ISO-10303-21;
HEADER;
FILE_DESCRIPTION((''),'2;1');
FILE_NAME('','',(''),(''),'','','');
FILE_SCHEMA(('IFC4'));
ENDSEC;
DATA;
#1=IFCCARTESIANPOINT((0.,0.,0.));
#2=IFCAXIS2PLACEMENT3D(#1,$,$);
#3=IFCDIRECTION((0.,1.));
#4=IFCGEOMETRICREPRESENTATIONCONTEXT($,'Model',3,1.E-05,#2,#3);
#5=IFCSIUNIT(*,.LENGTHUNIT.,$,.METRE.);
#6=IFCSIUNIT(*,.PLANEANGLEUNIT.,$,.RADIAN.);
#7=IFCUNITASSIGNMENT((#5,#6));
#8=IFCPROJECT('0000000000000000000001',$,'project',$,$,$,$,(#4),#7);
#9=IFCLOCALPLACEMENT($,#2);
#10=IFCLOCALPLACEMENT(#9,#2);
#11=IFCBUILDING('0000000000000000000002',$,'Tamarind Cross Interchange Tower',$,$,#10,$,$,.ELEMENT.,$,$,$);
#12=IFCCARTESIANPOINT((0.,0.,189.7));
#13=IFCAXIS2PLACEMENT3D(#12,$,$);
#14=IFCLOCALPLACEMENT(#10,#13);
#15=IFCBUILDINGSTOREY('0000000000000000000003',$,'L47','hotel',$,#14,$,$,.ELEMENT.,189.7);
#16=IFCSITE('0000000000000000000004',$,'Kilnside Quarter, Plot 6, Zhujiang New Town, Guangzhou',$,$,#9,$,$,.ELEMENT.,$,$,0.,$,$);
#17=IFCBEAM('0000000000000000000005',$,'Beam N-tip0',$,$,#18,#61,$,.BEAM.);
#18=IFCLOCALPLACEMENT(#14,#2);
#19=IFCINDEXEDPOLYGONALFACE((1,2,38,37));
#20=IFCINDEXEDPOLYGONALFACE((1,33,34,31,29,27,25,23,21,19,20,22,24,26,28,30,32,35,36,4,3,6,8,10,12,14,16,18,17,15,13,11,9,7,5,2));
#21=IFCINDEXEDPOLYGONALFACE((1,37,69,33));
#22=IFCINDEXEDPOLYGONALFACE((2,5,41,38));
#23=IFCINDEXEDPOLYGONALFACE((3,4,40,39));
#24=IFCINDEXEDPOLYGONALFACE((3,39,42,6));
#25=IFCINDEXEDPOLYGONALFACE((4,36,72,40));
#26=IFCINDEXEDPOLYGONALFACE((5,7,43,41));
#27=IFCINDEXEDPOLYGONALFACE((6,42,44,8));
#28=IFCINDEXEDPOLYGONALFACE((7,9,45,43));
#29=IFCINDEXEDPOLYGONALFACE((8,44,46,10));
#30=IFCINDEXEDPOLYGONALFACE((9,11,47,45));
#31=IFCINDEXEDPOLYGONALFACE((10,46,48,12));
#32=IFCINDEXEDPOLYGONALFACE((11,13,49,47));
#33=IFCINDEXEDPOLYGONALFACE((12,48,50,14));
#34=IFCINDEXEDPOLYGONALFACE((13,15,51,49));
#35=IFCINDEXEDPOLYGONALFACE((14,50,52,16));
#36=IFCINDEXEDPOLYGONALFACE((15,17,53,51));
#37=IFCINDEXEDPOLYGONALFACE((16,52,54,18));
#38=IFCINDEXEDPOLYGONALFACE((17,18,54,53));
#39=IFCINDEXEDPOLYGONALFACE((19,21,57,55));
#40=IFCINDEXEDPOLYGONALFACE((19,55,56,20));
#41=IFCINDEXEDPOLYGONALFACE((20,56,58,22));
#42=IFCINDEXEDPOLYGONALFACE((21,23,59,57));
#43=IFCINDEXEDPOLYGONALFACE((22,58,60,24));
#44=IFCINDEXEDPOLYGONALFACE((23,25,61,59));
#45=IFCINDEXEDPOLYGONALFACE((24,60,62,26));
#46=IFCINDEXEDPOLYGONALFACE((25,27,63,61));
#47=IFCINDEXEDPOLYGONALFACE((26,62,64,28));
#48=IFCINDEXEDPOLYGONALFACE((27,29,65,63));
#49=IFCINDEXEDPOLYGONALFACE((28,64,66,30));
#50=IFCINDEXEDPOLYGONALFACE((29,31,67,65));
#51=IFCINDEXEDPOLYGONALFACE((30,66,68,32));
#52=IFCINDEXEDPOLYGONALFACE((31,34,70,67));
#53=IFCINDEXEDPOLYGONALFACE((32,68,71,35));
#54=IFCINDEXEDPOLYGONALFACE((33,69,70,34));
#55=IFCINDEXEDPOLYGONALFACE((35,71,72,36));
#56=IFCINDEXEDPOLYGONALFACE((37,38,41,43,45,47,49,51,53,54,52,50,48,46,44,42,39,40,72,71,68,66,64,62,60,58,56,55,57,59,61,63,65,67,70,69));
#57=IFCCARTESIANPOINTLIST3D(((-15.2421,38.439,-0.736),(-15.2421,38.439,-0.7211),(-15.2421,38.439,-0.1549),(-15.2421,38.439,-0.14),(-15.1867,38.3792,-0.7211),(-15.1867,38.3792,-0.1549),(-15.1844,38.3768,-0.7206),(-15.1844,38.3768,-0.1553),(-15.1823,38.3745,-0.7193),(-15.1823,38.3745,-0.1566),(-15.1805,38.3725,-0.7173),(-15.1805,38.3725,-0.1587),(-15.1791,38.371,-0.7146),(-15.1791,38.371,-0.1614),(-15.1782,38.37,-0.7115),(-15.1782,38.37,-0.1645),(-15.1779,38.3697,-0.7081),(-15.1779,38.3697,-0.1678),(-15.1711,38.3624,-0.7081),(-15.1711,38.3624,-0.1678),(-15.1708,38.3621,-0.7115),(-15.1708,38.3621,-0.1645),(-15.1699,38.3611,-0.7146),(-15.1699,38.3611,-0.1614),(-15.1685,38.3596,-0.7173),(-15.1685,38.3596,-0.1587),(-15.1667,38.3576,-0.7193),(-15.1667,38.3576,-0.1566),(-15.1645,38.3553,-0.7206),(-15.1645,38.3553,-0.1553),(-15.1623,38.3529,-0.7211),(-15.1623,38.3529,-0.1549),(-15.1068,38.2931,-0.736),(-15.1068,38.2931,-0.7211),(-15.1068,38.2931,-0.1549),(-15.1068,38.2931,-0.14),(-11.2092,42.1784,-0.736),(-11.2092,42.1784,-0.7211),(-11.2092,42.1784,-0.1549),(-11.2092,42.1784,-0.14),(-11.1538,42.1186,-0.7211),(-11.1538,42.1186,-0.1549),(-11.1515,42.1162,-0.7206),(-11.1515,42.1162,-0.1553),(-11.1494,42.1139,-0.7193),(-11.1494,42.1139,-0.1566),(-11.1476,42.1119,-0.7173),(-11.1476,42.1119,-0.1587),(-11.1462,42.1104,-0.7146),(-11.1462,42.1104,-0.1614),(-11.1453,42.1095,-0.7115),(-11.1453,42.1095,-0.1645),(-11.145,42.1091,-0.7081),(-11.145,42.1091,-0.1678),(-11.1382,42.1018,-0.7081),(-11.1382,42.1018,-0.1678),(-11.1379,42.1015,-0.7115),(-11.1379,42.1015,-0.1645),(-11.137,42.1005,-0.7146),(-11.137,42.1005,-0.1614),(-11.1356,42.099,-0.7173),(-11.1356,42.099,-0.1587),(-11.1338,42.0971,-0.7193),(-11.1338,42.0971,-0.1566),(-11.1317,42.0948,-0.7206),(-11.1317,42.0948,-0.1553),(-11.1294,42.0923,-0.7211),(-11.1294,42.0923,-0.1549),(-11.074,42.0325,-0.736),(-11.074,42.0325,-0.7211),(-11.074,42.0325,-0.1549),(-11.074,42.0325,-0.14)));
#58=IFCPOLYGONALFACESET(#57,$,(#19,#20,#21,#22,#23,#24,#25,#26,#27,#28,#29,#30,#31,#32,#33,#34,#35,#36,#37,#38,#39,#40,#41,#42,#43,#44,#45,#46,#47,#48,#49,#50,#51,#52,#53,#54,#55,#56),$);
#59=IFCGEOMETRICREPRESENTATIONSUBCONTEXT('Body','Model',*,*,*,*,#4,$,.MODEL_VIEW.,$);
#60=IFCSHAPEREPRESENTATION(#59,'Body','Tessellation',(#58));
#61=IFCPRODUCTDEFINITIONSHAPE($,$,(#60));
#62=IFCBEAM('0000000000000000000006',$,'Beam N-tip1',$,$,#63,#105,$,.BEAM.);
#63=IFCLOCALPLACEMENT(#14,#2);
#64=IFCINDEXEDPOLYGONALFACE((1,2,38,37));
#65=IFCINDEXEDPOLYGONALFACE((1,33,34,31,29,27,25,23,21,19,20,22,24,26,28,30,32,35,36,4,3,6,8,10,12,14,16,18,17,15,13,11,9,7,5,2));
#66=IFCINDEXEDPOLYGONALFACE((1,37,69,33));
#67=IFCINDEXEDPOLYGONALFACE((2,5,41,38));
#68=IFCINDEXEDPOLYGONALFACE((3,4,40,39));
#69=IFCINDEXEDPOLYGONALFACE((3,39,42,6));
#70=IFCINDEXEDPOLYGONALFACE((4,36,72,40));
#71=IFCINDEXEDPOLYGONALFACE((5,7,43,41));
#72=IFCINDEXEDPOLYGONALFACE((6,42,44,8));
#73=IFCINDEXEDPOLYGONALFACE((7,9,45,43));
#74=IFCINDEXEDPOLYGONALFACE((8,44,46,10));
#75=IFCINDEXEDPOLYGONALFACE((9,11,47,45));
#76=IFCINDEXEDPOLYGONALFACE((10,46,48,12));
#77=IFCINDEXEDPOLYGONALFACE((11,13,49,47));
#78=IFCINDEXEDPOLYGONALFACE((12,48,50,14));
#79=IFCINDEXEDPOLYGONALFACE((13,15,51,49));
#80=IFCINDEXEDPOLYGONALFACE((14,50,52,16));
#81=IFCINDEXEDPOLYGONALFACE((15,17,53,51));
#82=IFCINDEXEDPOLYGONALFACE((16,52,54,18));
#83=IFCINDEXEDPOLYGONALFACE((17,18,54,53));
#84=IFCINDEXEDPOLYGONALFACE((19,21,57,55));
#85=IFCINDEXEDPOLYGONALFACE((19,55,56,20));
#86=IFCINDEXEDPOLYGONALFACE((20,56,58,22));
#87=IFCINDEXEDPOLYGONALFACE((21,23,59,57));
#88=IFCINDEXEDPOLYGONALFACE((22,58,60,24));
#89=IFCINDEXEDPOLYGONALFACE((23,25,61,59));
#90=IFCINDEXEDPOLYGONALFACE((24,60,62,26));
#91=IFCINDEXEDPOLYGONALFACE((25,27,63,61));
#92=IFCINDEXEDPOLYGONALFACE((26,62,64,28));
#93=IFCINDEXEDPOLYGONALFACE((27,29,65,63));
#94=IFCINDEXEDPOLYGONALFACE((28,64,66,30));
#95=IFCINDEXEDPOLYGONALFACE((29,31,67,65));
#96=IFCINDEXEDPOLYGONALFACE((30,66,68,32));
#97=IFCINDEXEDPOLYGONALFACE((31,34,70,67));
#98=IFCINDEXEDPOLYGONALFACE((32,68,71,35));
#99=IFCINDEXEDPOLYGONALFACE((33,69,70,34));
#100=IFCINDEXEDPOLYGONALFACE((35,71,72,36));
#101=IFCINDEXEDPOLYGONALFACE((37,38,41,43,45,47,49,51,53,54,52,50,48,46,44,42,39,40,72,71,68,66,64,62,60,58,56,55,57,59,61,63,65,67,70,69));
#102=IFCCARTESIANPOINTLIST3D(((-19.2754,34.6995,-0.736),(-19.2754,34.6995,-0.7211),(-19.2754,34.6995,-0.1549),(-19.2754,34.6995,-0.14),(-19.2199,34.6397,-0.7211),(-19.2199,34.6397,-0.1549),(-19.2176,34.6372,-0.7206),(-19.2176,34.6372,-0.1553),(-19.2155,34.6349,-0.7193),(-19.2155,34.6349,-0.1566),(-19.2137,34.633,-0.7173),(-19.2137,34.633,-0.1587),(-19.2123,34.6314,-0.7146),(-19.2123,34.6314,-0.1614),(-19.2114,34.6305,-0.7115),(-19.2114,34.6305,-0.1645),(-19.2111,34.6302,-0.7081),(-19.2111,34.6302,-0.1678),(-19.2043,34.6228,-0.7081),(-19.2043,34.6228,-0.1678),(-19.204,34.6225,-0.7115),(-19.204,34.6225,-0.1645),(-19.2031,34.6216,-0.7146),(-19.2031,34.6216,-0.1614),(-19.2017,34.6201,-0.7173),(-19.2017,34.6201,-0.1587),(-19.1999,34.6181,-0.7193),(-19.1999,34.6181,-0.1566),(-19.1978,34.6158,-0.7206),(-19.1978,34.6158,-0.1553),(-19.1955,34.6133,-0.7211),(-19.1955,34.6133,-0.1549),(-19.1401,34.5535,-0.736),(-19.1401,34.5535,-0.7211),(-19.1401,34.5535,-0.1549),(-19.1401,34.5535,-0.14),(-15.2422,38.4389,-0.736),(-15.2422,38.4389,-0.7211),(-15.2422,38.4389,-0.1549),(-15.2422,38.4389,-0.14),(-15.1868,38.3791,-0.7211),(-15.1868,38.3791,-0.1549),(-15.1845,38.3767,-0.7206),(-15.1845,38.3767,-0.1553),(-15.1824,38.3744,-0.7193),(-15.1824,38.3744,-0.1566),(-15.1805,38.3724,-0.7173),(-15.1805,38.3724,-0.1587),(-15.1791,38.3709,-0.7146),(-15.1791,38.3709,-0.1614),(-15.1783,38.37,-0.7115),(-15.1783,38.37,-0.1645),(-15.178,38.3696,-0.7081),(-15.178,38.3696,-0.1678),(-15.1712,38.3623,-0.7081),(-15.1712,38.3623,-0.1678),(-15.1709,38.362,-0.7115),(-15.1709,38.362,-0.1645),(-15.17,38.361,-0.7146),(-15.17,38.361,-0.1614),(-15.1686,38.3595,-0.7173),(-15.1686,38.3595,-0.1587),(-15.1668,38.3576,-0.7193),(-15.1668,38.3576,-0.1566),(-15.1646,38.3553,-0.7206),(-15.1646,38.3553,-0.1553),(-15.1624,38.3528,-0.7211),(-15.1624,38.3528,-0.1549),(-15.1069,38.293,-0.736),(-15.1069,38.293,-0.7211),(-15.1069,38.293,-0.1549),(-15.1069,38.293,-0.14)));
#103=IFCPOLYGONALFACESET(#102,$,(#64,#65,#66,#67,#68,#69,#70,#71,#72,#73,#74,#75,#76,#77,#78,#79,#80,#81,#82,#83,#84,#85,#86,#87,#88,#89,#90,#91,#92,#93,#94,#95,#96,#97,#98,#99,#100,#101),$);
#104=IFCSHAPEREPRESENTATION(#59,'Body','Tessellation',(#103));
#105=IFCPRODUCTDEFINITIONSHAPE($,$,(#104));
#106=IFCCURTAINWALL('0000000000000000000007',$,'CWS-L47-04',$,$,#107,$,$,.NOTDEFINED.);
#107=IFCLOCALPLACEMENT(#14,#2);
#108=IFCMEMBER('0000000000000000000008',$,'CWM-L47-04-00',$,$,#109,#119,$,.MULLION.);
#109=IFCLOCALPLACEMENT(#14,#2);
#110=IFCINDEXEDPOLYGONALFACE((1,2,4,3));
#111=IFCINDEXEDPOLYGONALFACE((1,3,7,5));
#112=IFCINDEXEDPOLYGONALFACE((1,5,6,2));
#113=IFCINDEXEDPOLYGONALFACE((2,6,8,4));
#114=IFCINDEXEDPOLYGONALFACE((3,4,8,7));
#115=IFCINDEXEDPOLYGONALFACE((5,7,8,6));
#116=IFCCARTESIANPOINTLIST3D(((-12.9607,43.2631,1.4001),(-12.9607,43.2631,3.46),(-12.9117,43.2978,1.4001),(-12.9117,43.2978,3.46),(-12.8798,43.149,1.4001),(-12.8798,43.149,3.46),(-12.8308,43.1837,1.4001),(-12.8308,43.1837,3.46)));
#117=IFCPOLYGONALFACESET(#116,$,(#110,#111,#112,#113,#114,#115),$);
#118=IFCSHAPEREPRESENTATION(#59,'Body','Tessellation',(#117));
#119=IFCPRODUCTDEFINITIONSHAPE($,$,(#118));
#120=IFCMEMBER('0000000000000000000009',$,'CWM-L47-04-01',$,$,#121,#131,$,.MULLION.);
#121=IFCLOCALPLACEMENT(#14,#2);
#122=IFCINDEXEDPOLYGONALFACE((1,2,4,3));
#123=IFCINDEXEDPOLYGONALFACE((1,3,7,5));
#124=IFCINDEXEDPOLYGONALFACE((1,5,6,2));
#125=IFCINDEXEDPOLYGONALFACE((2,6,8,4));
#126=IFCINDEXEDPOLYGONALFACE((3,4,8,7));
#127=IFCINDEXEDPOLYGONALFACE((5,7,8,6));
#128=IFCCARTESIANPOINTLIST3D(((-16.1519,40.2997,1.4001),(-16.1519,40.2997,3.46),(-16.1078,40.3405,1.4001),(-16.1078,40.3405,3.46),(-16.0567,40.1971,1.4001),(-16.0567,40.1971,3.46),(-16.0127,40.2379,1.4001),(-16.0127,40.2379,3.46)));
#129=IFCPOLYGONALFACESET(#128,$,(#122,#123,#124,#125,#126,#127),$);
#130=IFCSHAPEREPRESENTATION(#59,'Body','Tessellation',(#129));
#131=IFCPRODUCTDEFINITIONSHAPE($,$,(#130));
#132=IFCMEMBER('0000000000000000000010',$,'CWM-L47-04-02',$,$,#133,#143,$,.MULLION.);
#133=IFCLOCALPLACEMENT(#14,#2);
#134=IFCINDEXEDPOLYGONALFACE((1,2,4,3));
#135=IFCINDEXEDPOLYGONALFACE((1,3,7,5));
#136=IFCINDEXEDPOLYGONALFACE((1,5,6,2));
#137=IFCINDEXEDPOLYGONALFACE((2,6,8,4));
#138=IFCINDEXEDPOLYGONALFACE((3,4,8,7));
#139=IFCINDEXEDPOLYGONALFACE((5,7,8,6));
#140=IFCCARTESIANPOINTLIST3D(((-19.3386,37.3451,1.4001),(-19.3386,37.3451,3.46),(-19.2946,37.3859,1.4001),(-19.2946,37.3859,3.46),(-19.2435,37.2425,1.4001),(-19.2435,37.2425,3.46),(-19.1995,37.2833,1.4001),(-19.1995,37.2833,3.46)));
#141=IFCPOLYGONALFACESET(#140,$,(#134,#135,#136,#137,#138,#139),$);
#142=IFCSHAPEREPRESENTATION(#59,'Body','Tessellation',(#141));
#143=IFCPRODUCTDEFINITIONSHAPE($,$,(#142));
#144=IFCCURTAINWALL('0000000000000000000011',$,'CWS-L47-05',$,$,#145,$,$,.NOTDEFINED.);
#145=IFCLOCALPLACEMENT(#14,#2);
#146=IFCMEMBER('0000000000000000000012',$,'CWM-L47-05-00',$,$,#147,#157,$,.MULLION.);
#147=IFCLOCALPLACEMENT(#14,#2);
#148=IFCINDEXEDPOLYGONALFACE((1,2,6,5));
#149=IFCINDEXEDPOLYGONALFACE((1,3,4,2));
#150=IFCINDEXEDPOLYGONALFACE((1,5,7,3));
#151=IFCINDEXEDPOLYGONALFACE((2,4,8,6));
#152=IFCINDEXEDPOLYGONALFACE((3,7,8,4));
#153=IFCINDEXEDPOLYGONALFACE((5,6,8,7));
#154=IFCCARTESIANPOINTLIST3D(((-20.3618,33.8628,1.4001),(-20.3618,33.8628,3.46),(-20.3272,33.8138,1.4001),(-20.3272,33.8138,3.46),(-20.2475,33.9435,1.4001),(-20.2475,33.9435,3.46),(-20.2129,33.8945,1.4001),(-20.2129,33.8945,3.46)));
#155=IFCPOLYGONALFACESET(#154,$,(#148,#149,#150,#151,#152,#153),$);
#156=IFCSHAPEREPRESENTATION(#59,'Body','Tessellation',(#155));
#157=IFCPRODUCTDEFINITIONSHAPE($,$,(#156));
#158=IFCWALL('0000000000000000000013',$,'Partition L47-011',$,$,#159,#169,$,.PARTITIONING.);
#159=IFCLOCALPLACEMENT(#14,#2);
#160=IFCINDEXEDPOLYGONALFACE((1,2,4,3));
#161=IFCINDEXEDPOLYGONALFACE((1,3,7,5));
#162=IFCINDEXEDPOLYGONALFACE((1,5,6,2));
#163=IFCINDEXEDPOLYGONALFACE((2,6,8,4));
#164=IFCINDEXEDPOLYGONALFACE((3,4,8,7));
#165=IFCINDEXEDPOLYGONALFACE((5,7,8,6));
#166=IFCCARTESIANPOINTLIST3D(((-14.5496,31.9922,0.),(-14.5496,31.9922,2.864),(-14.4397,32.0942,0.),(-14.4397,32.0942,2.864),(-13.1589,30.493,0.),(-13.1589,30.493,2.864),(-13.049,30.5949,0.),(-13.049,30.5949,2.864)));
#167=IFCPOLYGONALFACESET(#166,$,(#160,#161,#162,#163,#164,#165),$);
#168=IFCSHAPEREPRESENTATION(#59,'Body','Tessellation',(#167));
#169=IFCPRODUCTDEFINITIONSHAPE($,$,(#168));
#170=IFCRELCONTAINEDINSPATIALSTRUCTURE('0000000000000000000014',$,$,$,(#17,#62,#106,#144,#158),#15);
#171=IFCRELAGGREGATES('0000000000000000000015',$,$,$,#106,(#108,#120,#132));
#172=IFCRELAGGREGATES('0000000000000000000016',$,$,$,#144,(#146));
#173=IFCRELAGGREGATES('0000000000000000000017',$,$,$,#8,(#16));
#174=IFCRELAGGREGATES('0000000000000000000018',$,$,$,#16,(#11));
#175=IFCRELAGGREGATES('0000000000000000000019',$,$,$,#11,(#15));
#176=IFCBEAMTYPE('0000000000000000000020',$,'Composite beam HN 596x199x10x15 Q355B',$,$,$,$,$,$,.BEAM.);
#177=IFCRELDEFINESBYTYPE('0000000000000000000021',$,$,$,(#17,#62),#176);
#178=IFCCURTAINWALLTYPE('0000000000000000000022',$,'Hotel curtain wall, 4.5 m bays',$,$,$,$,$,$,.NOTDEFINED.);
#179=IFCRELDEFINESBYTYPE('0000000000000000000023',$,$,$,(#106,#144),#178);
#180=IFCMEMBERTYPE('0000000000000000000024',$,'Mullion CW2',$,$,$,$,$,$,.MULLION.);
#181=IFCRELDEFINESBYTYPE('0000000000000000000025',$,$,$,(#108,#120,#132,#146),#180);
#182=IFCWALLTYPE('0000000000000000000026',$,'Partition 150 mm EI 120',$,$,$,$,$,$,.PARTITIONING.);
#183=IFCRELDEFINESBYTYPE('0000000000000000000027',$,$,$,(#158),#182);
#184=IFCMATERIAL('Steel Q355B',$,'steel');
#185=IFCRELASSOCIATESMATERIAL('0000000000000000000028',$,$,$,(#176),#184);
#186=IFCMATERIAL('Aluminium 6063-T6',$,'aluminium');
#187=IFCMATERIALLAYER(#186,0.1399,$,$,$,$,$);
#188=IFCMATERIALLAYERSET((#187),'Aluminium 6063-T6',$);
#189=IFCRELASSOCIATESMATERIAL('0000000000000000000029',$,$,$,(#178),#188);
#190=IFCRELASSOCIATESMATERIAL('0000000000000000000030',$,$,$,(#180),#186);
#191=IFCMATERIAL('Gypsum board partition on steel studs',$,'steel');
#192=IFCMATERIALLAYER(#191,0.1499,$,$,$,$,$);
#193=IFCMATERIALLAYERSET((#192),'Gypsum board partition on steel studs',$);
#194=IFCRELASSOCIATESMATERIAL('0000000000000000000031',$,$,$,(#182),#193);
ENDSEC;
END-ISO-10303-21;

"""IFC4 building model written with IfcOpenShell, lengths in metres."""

from ifc_helpers import new_model, si_unit, direction, frame, frame_2d, origin, origin_2d, place, context, subcontext, project, spatial, rectangle, i_section, extrude, material, layer, layer_set, material_profile, profile_set, type_object, element, aggregate, save


model = new_model("IFC4")

# Units and contexts
model_context = context("Model", 3, precision=1e-05, world=origin(), true_north=direction((0.0, 1.0)))
body_context = subcontext(model_context, "Body", "Model", "MODEL_VIEW")
ifc_project = project(units=[si_unit("LENGTHUNIT", "METRE"), si_unit("PLANEANGLEUNIT", "RADIAN")], contexts=[model_context])

# Site, building, storey
site_placement = place(None, origin())
site = spatial("IfcSite", under=ifc_project, at=site_placement, Name="Kilnside Quarter, Plot 6, Zhujiang New Town, Guangzhou", CompositionType="ELEMENT", RefElevation=0.0)
building_placement = place(site_placement, origin())
building = spatial("IfcBuilding", under=site, at=building_placement, Name="Tamarind Cross Interchange Tower", CompositionType="ELEMENT")
storey_placement = place(building_placement, frame((0.0, 0.0, 189.7)))
storey = spatial("IfcBuildingStorey", under=building, at=storey_placement, Name="L47", Description="hotel", CompositionType="ELEMENT", Elevation=189.7)

# Beams
ifc_material_1 = material(Name="Steel Q355B", Category="steel")
ifc_material_profile_1 = material_profile(ifc_material_1, i_section(OverallWidth=0.199, OverallDepth=0.5959, WebThickness=0.01, FlangeThickness=0.0149, FilletRadius=0.0129, at=origin_2d()), Name="HN 596x199x10x15")
ifc_profile_set_1 = profile_set([ifc_material_profile_1], Name="Steel Q355B")
beam_type_1 = type_object("IfcBeamType", Name="Composite beam HN 596x199x10x15 Q355B", PredefinedType="BEAM", material=ifc_profile_set_1)
beam_1_placement = place(storey_placement, frame((-11.1416, 42.1055, -0.438), z_axis=(-0.733282, -0.679925, 0.0), x_axis=(0.679925, -0.733282, 0.0)))
element("IfcBeam", 1, at=beam_1_placement, inside=storey, type_object=beam_type_1, Name="Beam N-tip0", PredefinedType="BEAM", context=body_context, shape_type="SweptSolid", body=[
    extrude(i_section(OverallWidth=0.199, OverallDepth=0.5959, WebThickness=0.01, FlangeThickness=0.0149, FilletRadius=0.0129, at=origin_2d()), origin(), (0.0, 0.0, 1.0), 5.4998),
])
beam_2_placement = place(storey_placement, frame((-15.1746, 38.366, -0.438), z_axis=(-0.733302, -0.679903, 0.0), x_axis=(0.679903, -0.733302, 0.0)))
element("IfcBeam", 2, at=beam_2_placement, inside=storey, type_object=beam_type_1, Name="Beam N-tip1", PredefinedType="BEAM", context=body_context, shape_type="SweptSolid", body=[
    extrude(i_section(OverallWidth=0.199, OverallDepth=0.5959, WebThickness=0.01, FlangeThickness=0.0149, FilletRadius=0.0129, at=origin_2d()), origin(), (0.0, 0.0, 1.0), 5.5),
])

# Curtain wall, members
ifc_material_2 = material(Name="Aluminium 6063-T6", Category="aluminium")
ifc_layer_1 = layer(ifc_material_2, 0.1399)
ifc_layer_set_1 = layer_set([ifc_layer_1], Name="Aluminium 6063-T6")
curtain_wall_type = type_object("IfcCurtainWallType", Name="Hotel curtain wall, 4.5 m bays", PredefinedType="NOTDEFINED", material=ifc_layer_set_1)
curtain_wall_1_placement = place(storey_placement, origin())
curtain_wall_1 = element("IfcCurtainWall", 3, at=curtain_wall_1_placement, inside=storey, type_object=curtain_wall_type, Name="CWS-L47-04", PredefinedType="NOTDEFINED")
ifc_material_profile_2 = material_profile(ifc_material_2, rectangle(XDim=0.0601, YDim=0.1399, at=origin_2d()), Name="Mullion CW2")
ifc_profile_set_2 = profile_set([ifc_material_profile_2], Name="Aluminium 6063-T6")
member_type = type_object("IfcMemberType", Name="Mullion CW2", PredefinedType="MULLION", material=ifc_profile_set_2)
member_1_placement = place(storey_placement, frame((-12.8958, 43.2234, 1.4001), z_axis=(0.0, 0.0, 1.0), x_axis=(-0.815766, -0.578382, 0.0)))
member_1 = element("IfcMember", 4, at=member_1_placement, type_object=member_type, Name="CWM-L47-04-00", PredefinedType="MULLION", context=body_context, shape_type="SweptSolid", body=[
    extrude(rectangle(XDim=0.0601, YDim=0.1399, at=origin_2d()), origin(), (0.0, 0.0, 1.0), 2.0598),
])
member_2_placement = place(storey_placement, frame((-16.0823, 40.2688, 1.4001), z_axis=(0.0, 0.0, 1.0), x_axis=(-0.733293, -0.679912, 0.0)))
member_2 = element("IfcMember", 5, at=member_2_placement, type_object=member_type, Name="CWM-L47-04-01", PredefinedType="MULLION", context=body_context, shape_type="SweptSolid", body=[
    extrude(rectangle(XDim=0.0601, YDim=0.1399, at=origin_2d()), origin(), (0.0, 0.0, 1.0), 2.0598),
])
member_3_placement = place(storey_placement, frame((-19.269, 37.3142, 1.4001), z_axis=(0.0, 0.0, 1.0), x_axis=(-0.733293, -0.679912, 0.0)))
member_3 = element("IfcMember", 6, at=member_3_placement, type_object=member_type, Name="CWM-L47-04-02", PredefinedType="MULLION", context=body_context, shape_type="SweptSolid", body=[
    extrude(rectangle(XDim=0.0601, YDim=0.1399, at=origin_2d()), origin(), (0.0, 0.0, 1.0), 2.0598),
])
aggregate(curtain_wall_1, [member_1, member_2, member_3])

# Curtain wall, member
curtain_wall_2_placement = place(storey_placement, origin())
curtain_wall_2 = element("IfcCurtainWall", 7, at=curtain_wall_2_placement, inside=storey, type_object=curtain_wall_type, Name="CWS-L47-05", PredefinedType="NOTDEFINED")
member_4_placement = place(storey_placement, frame((-20.2874, 33.8787, 1.4001), z_axis=(0.0, 0.0, 1.0), x_axis=(0.576936, -0.81679, 0.0)))
member_4 = element("IfcMember", 8, at=member_4_placement, type_object=member_type, Name="CWM-L47-05-00", PredefinedType="MULLION", context=body_context, shape_type="SweptSolid", body=[
    extrude(rectangle(XDim=0.0601, YDim=0.1399, at=origin_2d()), origin(), (0.0, 0.0, 1.0), 2.0598),
])
aggregate(curtain_wall_2, [member_4])

# Wall
ifc_material_3 = material(Name="Gypsum board partition on steel studs", Category="steel")
ifc_layer_2 = layer(ifc_material_3, 0.1499)
ifc_layer_set_2 = layer_set([ifc_layer_2], Name="Gypsum board partition on steel studs")
wall_type = type_object("IfcWallType", Name="Partition 150 mm EI 120", PredefinedType="PARTITIONING", material=ifc_layer_set_2)
wall_1_placement = place(storey_placement, frame((-14.4946, 32.0432, 0.0), z_axis=(0.0, 0.0, 1.0), x_axis=(0.680043, -0.733172, 0.0)))
element("IfcWall", 9, at=wall_1_placement, inside=storey, type_object=wall_type, Name="Partition L47-011", PredefinedType="PARTITIONING", context=body_context, shape_type="SweptSolid", body=[
    extrude(rectangle(XDim=2.0449, YDim=0.1499, at=frame_2d((1.0225, 0.0))), origin(), (0.0, 0.0, 1.0), 2.864),
])

save(model, "model.ifc")
